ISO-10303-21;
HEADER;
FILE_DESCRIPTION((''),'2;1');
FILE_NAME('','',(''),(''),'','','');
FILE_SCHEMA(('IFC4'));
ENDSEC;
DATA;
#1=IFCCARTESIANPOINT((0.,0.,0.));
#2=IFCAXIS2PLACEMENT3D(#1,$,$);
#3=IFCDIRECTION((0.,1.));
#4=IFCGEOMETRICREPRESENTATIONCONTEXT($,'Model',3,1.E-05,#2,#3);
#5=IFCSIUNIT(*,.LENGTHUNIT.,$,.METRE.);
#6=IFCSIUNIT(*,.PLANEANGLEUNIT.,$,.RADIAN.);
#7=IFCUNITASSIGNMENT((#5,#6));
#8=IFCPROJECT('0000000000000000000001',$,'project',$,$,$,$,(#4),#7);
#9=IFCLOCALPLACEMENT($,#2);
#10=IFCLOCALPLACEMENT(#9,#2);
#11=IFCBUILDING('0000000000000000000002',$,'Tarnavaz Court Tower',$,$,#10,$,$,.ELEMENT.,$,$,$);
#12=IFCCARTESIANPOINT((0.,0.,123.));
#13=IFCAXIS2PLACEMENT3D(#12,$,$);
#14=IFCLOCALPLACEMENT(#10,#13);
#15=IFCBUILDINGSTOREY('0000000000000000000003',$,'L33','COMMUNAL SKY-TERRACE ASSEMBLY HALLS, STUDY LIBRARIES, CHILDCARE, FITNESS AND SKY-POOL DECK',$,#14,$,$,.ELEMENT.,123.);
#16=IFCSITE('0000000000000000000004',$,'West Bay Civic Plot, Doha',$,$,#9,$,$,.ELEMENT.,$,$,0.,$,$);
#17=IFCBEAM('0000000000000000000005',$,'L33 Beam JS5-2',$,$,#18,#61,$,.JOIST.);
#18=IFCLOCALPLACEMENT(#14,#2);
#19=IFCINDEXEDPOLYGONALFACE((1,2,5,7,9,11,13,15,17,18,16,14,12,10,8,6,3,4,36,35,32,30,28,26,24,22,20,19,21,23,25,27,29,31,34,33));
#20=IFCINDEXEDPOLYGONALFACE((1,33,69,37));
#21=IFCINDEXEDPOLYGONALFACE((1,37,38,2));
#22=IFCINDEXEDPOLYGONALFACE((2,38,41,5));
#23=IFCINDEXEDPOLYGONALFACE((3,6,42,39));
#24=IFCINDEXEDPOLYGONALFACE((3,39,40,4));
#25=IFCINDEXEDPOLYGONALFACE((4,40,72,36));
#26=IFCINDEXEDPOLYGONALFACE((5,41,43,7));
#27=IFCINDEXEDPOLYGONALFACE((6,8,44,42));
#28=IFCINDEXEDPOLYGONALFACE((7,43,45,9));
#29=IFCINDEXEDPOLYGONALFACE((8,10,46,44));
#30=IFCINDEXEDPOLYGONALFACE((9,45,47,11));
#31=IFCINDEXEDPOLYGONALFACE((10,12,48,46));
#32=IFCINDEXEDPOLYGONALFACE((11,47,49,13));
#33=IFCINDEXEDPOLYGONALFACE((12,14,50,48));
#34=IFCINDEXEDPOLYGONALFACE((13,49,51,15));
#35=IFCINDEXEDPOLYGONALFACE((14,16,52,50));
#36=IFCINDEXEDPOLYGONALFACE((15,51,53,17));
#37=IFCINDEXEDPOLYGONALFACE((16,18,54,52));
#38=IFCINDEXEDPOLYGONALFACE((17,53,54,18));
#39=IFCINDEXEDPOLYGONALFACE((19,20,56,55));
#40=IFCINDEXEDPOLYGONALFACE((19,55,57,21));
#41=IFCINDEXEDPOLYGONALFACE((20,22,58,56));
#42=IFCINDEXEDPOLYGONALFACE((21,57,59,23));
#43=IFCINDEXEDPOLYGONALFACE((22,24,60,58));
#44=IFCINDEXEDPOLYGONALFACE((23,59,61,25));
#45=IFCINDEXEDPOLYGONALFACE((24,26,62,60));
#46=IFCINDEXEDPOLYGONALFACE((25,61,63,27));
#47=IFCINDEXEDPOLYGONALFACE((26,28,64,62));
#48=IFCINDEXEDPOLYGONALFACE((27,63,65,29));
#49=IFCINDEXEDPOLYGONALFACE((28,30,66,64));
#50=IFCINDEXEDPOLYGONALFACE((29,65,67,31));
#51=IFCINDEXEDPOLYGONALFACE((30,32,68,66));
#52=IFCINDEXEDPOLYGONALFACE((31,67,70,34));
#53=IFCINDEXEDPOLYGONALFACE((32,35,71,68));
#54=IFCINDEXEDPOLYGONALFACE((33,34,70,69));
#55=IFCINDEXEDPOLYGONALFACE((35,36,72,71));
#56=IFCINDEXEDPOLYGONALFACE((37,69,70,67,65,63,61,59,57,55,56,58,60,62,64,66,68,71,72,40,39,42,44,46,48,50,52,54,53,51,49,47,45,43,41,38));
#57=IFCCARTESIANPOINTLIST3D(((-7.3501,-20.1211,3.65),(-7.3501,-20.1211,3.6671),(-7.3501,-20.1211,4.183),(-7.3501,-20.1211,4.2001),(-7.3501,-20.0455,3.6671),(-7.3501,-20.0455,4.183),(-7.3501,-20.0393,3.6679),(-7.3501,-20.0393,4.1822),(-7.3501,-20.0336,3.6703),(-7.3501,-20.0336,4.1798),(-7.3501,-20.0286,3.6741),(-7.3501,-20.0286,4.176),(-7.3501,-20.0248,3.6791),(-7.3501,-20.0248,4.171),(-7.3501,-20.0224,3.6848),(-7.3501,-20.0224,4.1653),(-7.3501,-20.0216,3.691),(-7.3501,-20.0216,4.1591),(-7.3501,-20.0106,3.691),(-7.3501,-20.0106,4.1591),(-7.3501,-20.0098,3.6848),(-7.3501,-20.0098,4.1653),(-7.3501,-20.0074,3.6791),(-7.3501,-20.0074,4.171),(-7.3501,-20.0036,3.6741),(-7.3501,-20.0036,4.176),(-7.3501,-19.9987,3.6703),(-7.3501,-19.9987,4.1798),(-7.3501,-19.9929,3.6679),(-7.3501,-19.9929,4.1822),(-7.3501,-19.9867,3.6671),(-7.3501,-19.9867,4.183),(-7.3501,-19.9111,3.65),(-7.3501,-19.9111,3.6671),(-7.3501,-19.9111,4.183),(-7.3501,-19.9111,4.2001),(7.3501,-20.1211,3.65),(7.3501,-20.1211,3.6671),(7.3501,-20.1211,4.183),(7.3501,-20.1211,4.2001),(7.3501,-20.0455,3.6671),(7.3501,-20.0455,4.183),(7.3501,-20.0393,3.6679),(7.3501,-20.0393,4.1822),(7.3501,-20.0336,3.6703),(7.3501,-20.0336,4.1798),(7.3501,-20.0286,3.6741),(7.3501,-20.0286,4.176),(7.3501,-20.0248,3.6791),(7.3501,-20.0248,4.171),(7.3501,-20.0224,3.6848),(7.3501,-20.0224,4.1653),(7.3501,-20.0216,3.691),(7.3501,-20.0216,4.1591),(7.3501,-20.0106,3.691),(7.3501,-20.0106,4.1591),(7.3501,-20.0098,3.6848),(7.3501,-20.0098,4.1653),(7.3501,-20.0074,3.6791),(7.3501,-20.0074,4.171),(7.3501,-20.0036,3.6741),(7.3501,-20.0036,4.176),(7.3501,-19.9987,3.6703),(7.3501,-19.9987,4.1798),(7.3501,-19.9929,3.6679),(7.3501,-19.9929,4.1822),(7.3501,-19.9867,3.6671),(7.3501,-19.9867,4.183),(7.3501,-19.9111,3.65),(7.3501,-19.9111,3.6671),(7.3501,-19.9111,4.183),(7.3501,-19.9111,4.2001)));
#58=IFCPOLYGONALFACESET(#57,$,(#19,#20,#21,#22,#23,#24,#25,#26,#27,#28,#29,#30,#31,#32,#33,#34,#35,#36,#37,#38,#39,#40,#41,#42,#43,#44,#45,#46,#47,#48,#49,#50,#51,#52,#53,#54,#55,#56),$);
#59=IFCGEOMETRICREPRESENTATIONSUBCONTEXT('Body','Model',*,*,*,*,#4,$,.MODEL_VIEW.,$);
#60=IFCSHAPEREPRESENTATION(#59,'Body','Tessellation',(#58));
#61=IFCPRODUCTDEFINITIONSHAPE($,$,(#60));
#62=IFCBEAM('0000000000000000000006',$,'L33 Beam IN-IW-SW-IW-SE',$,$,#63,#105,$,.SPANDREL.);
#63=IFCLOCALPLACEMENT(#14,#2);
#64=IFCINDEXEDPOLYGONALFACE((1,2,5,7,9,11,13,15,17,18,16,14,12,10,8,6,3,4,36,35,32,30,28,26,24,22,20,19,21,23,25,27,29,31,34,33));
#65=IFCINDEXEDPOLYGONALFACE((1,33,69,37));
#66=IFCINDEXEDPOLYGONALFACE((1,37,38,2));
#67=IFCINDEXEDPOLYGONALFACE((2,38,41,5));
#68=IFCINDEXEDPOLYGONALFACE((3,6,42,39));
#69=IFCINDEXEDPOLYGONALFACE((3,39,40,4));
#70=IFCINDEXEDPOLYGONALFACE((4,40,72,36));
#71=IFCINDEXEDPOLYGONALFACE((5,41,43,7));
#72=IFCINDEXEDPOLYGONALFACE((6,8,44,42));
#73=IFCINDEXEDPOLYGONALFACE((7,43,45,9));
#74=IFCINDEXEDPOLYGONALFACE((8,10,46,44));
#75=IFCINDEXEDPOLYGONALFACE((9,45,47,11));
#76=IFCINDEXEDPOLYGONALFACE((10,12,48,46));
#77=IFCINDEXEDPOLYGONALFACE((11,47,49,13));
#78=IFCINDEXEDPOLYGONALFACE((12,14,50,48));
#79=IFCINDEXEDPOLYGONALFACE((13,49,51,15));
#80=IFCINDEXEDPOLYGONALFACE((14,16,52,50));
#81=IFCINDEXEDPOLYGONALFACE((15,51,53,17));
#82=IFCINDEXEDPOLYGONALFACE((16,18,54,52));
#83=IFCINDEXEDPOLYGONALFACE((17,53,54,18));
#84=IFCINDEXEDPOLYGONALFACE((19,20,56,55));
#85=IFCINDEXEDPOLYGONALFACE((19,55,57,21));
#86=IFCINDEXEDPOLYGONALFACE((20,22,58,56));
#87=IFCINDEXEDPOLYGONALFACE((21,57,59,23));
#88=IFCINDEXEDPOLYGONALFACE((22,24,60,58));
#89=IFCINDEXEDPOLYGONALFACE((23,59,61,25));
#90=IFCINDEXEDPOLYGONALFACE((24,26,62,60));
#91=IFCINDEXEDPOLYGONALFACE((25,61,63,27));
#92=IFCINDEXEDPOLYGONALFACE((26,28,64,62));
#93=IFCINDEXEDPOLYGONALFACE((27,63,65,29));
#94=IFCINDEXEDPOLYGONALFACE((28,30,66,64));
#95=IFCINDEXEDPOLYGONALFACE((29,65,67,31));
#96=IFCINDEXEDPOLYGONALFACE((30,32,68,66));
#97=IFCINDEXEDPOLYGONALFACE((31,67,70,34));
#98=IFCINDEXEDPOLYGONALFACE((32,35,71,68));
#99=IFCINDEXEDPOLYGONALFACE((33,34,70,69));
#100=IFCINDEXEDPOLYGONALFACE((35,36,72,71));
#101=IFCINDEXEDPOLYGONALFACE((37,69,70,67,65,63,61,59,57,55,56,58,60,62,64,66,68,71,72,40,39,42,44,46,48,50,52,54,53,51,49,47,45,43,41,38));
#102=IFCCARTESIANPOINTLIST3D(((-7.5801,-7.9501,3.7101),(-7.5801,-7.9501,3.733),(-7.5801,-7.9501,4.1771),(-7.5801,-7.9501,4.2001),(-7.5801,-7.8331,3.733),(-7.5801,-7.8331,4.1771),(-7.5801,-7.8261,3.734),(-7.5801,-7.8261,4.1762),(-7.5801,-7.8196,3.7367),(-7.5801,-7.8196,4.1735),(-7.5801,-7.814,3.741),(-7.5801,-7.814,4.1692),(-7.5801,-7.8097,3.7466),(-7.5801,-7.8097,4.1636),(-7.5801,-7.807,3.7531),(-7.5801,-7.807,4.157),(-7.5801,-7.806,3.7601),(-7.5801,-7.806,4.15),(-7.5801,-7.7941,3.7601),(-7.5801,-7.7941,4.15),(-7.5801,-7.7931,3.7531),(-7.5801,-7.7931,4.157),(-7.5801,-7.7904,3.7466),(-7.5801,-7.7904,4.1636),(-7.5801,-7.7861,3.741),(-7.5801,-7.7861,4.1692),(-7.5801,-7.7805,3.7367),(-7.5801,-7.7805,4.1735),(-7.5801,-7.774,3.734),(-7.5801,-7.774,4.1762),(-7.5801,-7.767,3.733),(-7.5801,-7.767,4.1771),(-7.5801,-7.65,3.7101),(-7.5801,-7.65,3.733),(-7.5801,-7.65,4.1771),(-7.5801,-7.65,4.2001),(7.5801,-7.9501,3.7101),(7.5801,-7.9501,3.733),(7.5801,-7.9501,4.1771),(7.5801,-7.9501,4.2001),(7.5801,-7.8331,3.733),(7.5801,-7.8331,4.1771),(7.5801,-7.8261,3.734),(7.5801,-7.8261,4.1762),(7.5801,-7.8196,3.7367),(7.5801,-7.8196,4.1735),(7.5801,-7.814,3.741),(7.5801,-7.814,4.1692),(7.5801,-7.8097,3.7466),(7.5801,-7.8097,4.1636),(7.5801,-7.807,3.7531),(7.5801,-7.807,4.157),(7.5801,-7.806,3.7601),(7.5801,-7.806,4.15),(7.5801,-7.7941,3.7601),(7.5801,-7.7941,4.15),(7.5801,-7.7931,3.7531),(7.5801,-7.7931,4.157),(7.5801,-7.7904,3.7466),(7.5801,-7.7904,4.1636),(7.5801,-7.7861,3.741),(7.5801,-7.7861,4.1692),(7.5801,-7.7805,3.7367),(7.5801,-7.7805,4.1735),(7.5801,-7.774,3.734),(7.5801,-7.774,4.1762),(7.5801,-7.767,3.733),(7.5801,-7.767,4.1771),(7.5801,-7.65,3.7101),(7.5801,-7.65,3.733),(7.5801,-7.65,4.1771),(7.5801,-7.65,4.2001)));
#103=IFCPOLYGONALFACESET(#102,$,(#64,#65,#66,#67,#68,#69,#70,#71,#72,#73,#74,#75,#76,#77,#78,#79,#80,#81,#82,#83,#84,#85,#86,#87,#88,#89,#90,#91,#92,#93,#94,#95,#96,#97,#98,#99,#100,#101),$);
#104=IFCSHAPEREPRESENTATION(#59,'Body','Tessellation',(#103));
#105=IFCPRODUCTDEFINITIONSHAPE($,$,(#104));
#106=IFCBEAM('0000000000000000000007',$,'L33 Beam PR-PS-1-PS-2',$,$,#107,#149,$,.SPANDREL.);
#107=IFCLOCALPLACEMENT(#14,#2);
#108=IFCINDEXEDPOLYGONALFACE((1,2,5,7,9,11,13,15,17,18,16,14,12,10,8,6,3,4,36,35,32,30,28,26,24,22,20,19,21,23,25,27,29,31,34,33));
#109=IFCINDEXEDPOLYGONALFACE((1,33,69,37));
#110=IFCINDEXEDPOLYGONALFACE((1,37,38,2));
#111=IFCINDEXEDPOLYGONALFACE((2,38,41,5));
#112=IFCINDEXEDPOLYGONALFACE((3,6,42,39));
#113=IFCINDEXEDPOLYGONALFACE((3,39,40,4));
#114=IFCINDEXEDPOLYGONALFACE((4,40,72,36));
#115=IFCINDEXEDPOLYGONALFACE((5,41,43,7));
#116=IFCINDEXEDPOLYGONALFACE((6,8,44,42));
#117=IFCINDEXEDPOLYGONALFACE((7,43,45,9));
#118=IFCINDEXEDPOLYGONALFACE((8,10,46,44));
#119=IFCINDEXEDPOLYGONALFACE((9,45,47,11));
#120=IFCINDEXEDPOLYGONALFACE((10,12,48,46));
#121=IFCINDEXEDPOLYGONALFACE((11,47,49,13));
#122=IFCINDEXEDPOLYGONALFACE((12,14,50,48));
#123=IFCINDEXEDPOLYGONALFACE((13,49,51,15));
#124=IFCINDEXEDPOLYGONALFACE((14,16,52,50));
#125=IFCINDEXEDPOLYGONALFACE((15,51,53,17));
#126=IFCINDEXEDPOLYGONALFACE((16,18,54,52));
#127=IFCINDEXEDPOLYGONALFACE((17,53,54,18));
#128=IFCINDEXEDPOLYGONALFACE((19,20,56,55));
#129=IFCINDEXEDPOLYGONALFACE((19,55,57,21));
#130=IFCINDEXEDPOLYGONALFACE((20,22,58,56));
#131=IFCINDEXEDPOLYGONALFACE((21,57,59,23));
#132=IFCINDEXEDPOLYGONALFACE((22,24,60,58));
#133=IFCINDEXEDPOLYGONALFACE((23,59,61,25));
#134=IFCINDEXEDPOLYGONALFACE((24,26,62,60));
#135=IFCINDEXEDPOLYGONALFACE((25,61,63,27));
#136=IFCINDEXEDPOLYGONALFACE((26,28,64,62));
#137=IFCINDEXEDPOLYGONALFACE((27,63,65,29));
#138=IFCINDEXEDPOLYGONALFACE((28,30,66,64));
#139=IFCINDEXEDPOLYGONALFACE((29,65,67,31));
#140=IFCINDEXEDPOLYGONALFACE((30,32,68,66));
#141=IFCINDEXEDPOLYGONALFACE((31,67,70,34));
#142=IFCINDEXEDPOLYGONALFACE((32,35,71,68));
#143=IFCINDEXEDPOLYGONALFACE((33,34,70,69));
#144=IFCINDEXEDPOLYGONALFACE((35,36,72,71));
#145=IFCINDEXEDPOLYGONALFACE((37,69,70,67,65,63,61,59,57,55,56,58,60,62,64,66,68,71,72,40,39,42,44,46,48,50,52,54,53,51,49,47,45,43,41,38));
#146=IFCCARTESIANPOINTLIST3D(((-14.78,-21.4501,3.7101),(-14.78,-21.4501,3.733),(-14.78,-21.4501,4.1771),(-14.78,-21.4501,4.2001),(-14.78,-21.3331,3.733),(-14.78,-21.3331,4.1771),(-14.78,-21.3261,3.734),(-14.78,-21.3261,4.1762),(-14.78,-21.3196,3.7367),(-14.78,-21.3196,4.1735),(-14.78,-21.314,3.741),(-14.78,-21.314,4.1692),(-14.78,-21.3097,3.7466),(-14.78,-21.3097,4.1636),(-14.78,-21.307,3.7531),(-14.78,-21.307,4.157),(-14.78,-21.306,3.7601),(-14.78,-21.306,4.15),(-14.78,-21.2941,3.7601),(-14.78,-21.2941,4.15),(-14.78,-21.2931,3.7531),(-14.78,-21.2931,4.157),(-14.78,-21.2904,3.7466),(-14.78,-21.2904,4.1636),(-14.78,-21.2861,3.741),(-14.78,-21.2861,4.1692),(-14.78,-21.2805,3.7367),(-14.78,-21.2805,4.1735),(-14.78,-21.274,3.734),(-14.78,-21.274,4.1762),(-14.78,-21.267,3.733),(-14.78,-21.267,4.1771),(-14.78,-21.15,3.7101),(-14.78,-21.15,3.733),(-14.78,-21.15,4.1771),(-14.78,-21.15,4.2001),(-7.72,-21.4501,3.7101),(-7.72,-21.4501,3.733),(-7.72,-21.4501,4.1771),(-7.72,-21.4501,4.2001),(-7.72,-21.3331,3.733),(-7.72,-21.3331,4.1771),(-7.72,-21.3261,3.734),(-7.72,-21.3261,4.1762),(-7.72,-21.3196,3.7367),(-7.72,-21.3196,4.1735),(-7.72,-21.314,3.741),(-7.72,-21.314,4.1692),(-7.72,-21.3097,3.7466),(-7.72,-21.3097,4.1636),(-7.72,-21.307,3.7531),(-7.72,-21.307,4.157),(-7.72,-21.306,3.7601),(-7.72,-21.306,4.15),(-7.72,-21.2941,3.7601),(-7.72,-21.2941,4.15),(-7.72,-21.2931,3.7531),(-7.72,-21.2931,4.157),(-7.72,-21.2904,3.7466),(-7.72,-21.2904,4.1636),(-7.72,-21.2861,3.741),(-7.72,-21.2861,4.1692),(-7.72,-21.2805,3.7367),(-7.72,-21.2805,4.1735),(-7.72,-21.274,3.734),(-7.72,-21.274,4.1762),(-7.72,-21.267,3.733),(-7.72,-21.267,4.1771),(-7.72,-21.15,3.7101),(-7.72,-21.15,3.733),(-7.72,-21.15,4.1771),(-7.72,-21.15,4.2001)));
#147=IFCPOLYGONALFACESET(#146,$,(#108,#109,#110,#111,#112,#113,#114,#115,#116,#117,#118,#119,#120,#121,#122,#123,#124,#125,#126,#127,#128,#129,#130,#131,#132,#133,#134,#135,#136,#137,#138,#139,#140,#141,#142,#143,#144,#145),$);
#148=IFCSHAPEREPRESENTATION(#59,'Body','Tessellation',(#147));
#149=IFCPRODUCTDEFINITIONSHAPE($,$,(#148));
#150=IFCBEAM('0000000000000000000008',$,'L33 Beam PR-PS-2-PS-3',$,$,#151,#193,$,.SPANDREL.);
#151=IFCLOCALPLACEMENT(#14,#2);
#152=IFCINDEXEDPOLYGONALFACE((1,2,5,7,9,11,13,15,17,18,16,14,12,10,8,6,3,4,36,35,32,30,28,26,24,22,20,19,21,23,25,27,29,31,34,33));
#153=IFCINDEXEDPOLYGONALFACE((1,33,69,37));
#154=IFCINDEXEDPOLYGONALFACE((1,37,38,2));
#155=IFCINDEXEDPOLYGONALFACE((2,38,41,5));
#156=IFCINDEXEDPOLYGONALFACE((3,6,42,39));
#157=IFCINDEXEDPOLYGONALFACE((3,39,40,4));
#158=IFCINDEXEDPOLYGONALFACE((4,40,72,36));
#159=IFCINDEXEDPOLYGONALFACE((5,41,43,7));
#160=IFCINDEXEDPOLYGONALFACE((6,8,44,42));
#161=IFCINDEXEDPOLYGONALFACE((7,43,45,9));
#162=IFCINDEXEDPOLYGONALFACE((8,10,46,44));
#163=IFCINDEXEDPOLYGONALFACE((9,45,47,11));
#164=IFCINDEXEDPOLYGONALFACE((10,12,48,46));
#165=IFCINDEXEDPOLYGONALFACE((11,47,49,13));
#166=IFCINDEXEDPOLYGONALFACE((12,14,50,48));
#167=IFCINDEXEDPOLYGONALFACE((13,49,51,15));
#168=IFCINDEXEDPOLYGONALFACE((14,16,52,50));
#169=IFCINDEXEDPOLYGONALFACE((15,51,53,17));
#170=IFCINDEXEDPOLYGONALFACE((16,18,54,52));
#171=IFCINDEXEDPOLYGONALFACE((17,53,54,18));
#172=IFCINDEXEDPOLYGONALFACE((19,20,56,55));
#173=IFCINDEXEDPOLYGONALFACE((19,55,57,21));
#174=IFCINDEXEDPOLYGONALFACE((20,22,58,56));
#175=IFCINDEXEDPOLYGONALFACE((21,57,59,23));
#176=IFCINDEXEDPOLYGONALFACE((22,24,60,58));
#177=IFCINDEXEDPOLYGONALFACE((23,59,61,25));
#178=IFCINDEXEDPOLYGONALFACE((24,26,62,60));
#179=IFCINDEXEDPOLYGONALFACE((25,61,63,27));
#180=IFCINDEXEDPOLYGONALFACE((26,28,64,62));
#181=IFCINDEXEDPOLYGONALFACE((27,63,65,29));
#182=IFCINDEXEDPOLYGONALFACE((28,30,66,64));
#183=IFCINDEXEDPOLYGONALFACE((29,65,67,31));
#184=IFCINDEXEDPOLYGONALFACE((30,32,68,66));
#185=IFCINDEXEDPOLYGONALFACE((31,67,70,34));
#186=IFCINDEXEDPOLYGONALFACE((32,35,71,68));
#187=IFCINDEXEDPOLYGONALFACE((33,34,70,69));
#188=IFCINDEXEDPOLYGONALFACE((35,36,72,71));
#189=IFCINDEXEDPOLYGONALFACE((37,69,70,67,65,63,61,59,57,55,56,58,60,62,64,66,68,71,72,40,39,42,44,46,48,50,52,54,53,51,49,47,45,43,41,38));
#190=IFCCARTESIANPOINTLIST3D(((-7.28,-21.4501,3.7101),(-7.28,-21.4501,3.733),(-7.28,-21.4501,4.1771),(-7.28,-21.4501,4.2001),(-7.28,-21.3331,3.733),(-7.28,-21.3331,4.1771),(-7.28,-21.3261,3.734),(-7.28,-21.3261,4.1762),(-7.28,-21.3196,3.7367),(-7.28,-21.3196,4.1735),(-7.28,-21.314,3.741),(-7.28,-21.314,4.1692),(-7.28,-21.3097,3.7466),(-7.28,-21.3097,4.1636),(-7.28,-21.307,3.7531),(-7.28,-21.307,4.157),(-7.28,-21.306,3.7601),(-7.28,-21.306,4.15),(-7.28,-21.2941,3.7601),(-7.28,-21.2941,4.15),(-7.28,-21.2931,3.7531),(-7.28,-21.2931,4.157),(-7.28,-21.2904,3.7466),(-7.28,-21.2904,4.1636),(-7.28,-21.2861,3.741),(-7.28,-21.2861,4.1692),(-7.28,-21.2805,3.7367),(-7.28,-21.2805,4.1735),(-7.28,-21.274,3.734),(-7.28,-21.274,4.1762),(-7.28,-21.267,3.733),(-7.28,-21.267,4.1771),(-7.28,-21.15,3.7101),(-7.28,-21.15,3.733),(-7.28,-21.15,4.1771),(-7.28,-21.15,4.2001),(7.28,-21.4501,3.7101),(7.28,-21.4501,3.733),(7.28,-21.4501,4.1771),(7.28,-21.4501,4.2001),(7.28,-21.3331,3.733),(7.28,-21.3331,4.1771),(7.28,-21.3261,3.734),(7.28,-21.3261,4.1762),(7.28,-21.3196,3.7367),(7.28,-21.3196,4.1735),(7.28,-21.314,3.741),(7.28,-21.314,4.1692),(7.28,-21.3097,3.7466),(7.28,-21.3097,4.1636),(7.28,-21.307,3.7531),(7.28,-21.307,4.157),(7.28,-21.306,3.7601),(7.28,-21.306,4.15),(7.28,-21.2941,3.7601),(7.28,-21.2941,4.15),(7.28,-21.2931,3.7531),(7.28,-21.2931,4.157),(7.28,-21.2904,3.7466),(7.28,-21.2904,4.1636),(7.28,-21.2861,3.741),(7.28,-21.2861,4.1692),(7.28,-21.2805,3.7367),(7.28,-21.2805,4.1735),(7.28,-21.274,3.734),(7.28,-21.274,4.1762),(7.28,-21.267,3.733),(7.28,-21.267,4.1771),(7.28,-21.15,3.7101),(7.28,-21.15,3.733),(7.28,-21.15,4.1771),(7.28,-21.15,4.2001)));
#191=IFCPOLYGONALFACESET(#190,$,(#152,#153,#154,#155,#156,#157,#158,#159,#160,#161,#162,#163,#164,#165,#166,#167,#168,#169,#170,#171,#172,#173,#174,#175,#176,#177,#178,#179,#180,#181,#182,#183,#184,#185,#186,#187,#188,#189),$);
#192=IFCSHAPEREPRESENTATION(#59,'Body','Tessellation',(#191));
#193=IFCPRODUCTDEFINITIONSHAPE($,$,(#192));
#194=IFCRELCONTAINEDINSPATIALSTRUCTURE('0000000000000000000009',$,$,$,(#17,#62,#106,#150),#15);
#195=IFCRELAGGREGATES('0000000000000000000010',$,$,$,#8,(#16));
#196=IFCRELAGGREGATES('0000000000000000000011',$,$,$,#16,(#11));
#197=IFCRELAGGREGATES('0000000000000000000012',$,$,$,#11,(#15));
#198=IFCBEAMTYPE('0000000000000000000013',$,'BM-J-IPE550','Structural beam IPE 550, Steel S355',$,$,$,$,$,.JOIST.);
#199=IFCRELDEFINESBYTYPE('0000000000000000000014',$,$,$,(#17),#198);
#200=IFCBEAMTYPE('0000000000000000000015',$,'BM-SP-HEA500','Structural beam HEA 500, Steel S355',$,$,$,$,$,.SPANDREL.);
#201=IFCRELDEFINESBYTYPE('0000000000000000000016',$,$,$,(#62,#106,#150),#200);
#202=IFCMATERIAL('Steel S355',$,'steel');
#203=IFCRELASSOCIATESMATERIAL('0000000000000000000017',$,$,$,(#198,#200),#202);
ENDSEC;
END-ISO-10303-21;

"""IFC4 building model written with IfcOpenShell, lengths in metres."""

from ifc_helpers import new_model, si_unit, direction, frame, origin, origin_2d, place, context, subcontext, project, spatial, i_section, extrude, material, material_profile, profile_set, type_object, element, save


model = new_model("IFC4")

# Units and contexts
model_context = context("Model", 3, precision=1e-05, world=origin(), true_north=direction((0.0, 1.0)))
body_context = subcontext(model_context, "Body", "Model", "MODEL_VIEW")
ifc_project = project(units=[si_unit("LENGTHUNIT", "METRE"), si_unit("PLANEANGLEUNIT", "RADIAN")], contexts=[model_context])

# Site, building, storey
site_placement = place(None, origin())
site = spatial("IfcSite", under=ifc_project, at=site_placement, Name="West Bay Civic Plot, Doha", CompositionType="ELEMENT", RefElevation=0.0)
building_placement = place(site_placement, origin())
building = spatial("IfcBuilding", under=site, at=building_placement, Name="Tarnavaz Court Tower", CompositionType="ELEMENT")
storey_placement = place(building_placement, frame((0.0, 0.0, 123.0)))
storey = spatial("IfcBuildingStorey", under=building, at=storey_placement, Name="L33", Description="COMMUNAL SKY-TERRACE ASSEMBLY HALLS, STUDY LIBRARIES, CHILDCARE, FITNESS AND SKY-POOL DECK", CompositionType="ELEMENT", Elevation=123.0)

# Beams
ifc_material_1 = material(Name="Steel S355", Category="steel")
ifc_material_profile_1 = material_profile(ifc_material_1, i_section(OverallWidth=0.21, OverallDepth=0.55, WebThickness=0.011, FlangeThickness=0.0171, FilletRadius=0.0239, at=origin_2d()), Name="IPE 550")
ifc_profile_set_1 = profile_set([ifc_material_profile_1], Name="Steel S355")
beam_type_1 = type_object("IfcBeamType", Name="BM-J-IPE550", Description="Structural beam IPE 550, Steel S355", PredefinedType="JOIST", material=ifc_profile_set_1)
beam_1_placement = place(storey_placement, frame((-7.3501, -20.0161, 3.925), z_axis=(1.0, 0.0, 0.0), x_axis=(0.0, 1.0, 0.0)))
element("IfcBeam", 1, at=beam_1_placement, inside=storey, type_object=beam_type_1, Name="L33 Beam JS5-2", PredefinedType="JOIST", context=body_context, shape_type="SweptSolid", body=[
    extrude(i_section(OverallWidth=0.21, OverallDepth=0.55, WebThickness=0.011, FlangeThickness=0.0171, FilletRadius=0.0239, at=origin_2d()), origin(), (0.0, 0.0, 1.0), 14.7002),
])
ifc_material_profile_2 = material_profile(ifc_material_1, i_section(OverallWidth=0.3, OverallDepth=0.49, WebThickness=0.012, FlangeThickness=0.0229, FilletRadius=0.0271, at=origin_2d()), Name="HEA 500")
ifc_profile_set_2 = profile_set([ifc_material_profile_2], Name="Steel S355")
beam_type_2 = type_object("IfcBeamType", Name="BM-SP-HEA500", Description="Structural beam HEA 500, Steel S355", PredefinedType="SPANDREL", material=ifc_profile_set_2)
beam_2_placement = place(storey_placement, frame((-7.5801, -7.8, 3.9551), z_axis=(1.0, 0.0, 0.0), x_axis=(0.0, 1.0, 0.0)))
element("IfcBeam", 2, at=beam_2_placement, inside=storey, type_object=beam_type_2, Name="L33 Beam IN-IW-SW-IW-SE", PredefinedType="SPANDREL", context=body_context, shape_type="SweptSolid", body=[
    extrude(i_section(OverallWidth=0.3, OverallDepth=0.49, WebThickness=0.012, FlangeThickness=0.0229, FilletRadius=0.0271, at=origin_2d()), origin(), (0.0, 0.0, 1.0), 15.1602),
])
beam_3_placement = place(storey_placement, frame((-14.78, -21.3, 3.9551), z_axis=(1.0, 0.0, 0.0), x_axis=(0.0, 1.0, 0.0)))
element("IfcBeam", 3, at=beam_3_placement, inside=storey, type_object=beam_type_2, Name="L33 Beam PR-PS-1-PS-2", PredefinedType="SPANDREL", context=body_context, shape_type="SweptSolid", body=[
    extrude(i_section(OverallWidth=0.3, OverallDepth=0.49, WebThickness=0.012, FlangeThickness=0.0229, FilletRadius=0.0271, at=origin_2d()), origin(), (0.0, 0.0, 1.0), 7.0601),
])
beam_4_placement = place(storey_placement, frame((-7.28, -21.3, 3.9551), z_axis=(1.0, 0.0, 0.0), x_axis=(0.0, 1.0, 0.0)))
element("IfcBeam", 4, at=beam_4_placement, inside=storey, type_object=beam_type_2, Name="L33 Beam PR-PS-2-PS-3", PredefinedType="SPANDREL", context=body_context, shape_type="SweptSolid", body=[
    extrude(i_section(OverallWidth=0.3, OverallDepth=0.49, WebThickness=0.012, FlangeThickness=0.0229, FilletRadius=0.0271, at=origin_2d()), origin(), (0.0, 0.0, 1.0), 14.5601),
])

save(model, "model.ifc")
